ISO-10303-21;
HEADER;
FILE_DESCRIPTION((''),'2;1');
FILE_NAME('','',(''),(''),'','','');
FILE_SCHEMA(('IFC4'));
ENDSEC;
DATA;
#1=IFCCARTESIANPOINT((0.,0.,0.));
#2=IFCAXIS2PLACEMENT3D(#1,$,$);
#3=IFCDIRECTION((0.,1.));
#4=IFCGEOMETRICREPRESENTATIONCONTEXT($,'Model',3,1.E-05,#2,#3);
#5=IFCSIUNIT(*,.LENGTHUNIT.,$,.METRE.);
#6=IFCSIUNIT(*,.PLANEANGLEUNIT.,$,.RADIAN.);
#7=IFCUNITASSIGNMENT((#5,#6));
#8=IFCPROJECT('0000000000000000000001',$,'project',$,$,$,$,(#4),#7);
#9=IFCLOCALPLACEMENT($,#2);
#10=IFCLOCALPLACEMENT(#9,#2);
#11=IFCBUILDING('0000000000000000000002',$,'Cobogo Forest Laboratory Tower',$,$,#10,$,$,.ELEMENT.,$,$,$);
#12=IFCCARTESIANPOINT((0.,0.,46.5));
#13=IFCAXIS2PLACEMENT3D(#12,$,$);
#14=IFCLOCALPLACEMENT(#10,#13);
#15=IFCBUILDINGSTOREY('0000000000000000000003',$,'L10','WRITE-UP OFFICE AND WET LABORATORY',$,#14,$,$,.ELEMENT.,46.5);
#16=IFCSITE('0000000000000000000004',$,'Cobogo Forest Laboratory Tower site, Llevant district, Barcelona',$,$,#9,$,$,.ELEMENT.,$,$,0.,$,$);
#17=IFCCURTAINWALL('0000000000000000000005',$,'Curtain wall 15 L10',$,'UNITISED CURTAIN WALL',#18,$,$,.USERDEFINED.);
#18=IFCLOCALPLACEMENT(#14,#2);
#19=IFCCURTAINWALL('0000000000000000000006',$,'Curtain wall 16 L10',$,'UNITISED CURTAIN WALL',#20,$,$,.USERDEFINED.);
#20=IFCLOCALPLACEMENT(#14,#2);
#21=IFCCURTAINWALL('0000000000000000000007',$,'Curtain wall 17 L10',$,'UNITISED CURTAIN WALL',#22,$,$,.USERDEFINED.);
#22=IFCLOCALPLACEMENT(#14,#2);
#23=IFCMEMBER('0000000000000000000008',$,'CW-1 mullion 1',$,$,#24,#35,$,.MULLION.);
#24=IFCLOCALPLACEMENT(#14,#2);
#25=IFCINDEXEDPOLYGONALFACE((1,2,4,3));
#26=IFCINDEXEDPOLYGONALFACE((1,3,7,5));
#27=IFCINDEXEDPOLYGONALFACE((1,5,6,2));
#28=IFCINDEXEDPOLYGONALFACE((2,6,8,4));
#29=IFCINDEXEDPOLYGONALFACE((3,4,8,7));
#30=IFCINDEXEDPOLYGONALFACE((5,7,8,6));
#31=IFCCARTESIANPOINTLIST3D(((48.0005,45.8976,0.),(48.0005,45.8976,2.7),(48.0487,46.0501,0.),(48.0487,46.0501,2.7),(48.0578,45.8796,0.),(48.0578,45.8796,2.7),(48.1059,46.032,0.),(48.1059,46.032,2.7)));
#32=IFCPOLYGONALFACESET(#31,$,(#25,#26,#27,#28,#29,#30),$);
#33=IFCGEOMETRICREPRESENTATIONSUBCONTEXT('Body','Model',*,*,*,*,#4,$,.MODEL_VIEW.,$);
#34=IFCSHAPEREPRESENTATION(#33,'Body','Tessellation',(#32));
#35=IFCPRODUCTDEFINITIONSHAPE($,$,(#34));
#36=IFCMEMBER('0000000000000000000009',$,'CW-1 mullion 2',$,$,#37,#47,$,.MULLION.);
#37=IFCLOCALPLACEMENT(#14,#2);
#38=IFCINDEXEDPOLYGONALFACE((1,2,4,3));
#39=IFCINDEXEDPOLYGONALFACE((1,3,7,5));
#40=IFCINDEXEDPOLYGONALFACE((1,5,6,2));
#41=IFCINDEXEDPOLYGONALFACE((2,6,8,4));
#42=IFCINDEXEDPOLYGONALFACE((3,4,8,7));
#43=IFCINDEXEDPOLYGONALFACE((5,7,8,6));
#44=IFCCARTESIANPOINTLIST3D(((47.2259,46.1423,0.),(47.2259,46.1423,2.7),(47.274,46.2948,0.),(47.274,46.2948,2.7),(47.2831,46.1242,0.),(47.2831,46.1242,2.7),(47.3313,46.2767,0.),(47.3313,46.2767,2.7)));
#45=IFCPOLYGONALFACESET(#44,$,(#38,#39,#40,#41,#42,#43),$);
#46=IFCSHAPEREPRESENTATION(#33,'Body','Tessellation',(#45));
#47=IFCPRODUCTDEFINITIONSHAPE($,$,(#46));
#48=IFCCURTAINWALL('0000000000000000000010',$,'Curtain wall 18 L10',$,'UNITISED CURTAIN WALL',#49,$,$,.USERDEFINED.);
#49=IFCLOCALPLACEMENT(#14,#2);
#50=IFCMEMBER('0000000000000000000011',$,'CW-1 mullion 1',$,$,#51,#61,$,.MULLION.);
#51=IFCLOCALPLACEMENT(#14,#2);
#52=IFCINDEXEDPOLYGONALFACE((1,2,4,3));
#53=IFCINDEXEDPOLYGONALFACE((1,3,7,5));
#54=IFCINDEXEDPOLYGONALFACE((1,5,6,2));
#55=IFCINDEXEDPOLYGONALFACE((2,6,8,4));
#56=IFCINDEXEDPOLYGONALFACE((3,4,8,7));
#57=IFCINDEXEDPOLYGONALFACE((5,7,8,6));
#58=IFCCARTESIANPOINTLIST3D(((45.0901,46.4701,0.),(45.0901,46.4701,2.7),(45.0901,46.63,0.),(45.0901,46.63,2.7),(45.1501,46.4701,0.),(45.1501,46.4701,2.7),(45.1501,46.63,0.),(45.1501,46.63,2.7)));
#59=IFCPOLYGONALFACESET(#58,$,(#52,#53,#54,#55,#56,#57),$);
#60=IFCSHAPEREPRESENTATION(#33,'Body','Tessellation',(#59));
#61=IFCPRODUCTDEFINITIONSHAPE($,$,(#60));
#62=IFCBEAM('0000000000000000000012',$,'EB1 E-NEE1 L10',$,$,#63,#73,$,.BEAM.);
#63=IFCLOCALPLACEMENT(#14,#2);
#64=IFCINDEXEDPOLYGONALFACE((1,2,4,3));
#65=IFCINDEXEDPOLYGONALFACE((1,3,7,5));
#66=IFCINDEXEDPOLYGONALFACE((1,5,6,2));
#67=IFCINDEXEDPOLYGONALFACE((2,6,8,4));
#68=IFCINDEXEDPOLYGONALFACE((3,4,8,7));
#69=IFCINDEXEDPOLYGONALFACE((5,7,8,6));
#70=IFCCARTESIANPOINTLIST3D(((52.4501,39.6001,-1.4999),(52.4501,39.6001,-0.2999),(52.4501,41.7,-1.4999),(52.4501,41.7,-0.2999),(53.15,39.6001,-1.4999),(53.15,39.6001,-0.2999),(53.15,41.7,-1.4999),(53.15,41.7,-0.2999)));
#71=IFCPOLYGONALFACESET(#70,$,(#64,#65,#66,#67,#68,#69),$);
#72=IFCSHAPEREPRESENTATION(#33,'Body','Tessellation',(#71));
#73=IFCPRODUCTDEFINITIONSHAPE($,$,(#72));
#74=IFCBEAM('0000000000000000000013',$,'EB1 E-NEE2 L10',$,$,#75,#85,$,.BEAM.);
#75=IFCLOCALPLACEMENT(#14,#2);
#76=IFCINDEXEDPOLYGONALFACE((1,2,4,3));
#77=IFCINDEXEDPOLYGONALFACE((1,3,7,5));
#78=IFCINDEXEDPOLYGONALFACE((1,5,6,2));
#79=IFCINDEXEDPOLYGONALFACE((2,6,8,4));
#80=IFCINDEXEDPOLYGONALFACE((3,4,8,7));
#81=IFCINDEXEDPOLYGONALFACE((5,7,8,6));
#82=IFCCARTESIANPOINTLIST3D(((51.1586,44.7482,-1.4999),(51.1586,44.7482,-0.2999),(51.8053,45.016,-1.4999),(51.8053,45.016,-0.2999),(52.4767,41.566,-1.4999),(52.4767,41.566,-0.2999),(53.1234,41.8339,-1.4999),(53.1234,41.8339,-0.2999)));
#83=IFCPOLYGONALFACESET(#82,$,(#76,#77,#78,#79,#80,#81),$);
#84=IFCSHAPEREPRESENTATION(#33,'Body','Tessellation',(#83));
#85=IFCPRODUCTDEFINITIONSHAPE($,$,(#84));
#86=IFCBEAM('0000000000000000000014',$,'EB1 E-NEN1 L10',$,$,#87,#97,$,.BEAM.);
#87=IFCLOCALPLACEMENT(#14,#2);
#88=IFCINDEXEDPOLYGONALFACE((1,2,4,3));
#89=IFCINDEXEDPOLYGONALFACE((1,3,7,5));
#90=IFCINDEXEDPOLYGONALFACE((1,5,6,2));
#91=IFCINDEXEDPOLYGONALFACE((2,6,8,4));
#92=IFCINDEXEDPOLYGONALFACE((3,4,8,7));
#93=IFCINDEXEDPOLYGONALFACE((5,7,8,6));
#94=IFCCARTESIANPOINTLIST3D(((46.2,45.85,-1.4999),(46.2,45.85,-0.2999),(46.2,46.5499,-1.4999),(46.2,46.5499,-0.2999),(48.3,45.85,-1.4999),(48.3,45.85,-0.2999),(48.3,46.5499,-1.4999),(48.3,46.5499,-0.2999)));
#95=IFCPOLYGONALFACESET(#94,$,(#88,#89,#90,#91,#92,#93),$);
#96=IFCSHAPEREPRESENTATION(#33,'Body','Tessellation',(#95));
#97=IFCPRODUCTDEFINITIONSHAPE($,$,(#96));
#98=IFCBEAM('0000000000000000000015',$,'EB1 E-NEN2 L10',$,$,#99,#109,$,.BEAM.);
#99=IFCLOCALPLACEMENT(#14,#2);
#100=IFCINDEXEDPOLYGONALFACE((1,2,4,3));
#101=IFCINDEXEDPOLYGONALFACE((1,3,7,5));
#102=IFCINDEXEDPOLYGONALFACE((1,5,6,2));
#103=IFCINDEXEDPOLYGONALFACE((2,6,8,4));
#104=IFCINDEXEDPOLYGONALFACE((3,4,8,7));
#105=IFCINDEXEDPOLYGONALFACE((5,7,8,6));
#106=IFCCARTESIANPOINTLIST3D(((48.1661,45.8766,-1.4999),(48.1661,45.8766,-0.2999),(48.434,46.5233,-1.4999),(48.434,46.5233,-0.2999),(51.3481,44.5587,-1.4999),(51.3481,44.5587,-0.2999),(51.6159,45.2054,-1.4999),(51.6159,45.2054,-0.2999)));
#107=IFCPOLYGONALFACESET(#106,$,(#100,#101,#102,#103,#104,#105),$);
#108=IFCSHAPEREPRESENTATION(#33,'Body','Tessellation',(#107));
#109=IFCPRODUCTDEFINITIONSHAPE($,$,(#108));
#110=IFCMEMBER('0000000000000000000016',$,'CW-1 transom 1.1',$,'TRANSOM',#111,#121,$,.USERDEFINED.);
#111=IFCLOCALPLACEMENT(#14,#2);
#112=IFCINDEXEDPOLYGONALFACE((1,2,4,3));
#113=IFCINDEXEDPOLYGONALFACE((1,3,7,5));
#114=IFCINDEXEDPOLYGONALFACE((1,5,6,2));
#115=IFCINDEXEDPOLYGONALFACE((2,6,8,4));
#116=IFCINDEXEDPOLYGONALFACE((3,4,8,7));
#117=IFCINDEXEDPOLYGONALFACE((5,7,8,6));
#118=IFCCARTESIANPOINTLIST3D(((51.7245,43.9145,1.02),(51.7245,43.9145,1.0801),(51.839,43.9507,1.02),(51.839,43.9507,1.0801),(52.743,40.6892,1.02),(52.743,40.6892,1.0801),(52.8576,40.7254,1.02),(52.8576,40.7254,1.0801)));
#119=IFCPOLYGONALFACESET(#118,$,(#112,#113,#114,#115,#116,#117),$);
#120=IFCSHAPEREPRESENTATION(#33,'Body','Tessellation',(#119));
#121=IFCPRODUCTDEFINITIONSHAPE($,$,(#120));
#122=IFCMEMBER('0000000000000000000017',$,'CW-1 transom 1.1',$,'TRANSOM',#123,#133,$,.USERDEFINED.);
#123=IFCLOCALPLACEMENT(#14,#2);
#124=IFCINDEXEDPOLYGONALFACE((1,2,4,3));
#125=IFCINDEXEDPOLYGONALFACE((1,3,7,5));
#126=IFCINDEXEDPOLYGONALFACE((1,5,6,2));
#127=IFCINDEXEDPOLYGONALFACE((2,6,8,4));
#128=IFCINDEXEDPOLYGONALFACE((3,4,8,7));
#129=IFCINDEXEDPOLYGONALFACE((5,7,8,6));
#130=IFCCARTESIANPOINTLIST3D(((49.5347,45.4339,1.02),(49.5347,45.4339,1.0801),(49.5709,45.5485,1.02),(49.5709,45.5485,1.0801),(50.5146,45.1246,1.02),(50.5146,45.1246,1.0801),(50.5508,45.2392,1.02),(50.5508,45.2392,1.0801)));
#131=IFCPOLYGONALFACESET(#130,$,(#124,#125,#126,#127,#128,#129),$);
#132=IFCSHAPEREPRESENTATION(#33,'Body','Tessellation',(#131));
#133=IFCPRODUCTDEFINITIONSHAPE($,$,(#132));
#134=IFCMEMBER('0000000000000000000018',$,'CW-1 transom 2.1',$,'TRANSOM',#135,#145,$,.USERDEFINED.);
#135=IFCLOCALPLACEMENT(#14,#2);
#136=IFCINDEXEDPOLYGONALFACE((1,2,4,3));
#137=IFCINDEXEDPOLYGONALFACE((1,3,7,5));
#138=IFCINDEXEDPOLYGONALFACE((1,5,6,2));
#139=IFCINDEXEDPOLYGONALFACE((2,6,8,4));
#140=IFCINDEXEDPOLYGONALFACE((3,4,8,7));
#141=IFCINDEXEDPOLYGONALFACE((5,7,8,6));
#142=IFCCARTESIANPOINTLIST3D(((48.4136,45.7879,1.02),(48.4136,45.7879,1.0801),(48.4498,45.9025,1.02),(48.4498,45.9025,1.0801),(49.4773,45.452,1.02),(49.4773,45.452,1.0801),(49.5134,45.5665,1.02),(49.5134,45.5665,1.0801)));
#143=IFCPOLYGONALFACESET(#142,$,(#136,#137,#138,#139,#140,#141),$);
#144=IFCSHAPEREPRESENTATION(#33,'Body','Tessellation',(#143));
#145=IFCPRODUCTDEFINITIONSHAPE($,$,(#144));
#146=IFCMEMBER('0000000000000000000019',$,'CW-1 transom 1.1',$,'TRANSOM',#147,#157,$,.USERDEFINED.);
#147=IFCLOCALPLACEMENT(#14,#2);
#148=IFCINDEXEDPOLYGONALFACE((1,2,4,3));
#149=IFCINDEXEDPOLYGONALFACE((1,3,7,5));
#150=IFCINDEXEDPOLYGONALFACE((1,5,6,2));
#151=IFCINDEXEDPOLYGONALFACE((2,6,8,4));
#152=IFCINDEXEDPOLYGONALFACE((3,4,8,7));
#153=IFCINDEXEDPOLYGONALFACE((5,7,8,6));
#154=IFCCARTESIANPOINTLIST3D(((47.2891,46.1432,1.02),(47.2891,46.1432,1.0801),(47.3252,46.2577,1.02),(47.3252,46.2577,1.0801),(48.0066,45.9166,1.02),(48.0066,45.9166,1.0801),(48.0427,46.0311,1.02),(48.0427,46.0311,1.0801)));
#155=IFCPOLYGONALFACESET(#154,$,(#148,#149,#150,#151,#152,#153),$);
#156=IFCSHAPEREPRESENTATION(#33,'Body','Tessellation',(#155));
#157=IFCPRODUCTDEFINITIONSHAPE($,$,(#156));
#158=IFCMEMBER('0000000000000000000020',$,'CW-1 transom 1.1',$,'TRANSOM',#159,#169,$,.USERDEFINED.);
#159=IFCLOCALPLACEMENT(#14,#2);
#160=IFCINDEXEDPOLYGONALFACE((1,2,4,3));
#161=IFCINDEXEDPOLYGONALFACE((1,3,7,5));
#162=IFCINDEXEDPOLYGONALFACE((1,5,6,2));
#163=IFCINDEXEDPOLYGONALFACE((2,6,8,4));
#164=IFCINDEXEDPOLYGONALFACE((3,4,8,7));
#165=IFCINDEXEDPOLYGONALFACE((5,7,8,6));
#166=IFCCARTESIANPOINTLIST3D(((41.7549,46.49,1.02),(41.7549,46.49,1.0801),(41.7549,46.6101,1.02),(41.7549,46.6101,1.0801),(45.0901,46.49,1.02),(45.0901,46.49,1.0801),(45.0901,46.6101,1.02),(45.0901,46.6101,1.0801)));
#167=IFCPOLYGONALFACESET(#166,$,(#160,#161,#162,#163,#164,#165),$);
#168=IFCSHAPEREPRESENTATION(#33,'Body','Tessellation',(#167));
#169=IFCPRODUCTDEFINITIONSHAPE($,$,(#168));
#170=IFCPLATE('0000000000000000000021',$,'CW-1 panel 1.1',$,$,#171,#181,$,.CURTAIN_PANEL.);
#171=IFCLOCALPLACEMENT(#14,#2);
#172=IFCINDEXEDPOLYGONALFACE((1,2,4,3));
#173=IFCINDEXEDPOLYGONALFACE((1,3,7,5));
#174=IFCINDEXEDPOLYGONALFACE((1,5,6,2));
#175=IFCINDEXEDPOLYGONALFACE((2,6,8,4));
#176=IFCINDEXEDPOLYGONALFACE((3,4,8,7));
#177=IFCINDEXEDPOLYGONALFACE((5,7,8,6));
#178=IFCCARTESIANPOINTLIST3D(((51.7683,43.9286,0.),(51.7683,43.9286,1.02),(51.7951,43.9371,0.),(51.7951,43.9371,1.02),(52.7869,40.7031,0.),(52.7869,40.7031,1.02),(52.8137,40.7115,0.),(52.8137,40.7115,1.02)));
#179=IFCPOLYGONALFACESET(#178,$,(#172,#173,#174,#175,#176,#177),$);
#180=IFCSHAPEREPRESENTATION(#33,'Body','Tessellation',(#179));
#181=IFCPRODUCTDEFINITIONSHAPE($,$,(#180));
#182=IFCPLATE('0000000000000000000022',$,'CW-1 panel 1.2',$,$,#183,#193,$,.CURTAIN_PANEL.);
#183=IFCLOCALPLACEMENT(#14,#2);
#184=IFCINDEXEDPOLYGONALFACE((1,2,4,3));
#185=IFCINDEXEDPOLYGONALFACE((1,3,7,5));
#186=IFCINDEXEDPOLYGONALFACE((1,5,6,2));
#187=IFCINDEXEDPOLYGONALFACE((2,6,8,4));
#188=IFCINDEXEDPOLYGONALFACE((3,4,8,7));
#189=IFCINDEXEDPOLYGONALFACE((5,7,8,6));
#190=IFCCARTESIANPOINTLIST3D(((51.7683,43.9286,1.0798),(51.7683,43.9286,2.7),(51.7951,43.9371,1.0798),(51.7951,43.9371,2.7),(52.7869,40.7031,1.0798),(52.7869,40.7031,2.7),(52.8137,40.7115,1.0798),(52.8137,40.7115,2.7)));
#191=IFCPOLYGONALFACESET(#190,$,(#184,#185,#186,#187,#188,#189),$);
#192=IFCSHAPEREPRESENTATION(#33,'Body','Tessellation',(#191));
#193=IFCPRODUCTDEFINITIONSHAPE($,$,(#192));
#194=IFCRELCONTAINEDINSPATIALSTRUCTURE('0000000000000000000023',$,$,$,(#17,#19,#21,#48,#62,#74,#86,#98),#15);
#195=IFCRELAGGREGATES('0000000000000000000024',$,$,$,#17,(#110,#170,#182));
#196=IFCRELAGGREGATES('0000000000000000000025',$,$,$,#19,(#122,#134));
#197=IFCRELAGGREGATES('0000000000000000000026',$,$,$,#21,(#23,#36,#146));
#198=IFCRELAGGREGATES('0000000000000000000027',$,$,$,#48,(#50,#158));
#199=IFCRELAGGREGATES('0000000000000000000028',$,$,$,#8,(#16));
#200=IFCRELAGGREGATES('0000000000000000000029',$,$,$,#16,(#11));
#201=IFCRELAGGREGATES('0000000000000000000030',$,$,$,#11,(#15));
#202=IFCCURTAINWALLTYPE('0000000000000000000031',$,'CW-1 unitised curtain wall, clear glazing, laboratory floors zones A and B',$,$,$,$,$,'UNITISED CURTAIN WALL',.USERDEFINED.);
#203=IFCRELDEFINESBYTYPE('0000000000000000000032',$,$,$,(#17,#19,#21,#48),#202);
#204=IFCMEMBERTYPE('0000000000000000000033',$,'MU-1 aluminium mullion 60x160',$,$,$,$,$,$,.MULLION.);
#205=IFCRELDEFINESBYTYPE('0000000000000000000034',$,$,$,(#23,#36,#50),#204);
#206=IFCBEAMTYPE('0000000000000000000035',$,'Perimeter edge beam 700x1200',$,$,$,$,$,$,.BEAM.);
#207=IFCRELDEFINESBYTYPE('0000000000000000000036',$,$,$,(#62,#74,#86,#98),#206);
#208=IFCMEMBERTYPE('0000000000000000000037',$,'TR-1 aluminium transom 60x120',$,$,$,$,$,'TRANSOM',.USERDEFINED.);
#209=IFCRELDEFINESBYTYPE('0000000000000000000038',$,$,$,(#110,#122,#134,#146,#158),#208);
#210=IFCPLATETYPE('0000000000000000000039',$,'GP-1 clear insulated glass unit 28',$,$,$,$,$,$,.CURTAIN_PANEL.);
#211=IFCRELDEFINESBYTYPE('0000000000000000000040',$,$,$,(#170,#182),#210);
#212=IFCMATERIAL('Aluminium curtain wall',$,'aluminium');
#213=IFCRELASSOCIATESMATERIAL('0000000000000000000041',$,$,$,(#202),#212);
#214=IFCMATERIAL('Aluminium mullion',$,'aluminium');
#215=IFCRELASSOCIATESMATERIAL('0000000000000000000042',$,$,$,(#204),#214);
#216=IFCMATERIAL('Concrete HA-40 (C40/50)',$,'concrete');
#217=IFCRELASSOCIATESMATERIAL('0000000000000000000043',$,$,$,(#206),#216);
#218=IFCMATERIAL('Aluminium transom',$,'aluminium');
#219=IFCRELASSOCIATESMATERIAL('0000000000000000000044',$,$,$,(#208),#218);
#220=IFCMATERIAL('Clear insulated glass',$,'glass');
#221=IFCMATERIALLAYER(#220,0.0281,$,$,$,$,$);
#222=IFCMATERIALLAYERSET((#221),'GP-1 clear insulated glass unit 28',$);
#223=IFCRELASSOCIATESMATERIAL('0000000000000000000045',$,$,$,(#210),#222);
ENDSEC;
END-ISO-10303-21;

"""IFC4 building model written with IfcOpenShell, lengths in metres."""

from ifc_helpers import new_model, si_unit, direction, frame, origin, origin_2d, place, context, subcontext, project, spatial, rectangle, extrude, material, layer, layer_set, material_profile, profile_set, type_object, element, aggregate, save


model = new_model("IFC4")

# Units and contexts
model_context = context("Model", 3, precision=1e-05, world=origin(), true_north=direction((0.0, 1.0)))
body_context = subcontext(model_context, "Body", "Model", "MODEL_VIEW")
ifc_project = project(units=[si_unit("LENGTHUNIT", "METRE"), si_unit("PLANEANGLEUNIT", "RADIAN")], contexts=[model_context])

# Site, building, storey
site_placement = place(None, origin())
site = spatial("IfcSite", under=ifc_project, at=site_placement, Name="Cobogo Forest Laboratory Tower site, Llevant district, Barcelona", CompositionType="ELEMENT", RefElevation=0.0)
building_placement = place(site_placement, origin())
building = spatial("IfcBuilding", under=site, at=building_placement, Name="Cobogo Forest Laboratory Tower", CompositionType="ELEMENT")
storey_placement = place(building_placement, frame((0.0, 0.0, 46.5)))
storey = spatial("IfcBuildingStorey", under=building, at=storey_placement, Name="L10", Description="WRITE-UP OFFICE AND WET LABORATORY", CompositionType="ELEMENT", Elevation=46.5)

# Shared definitions
ifc_material_1 = material(Name="Concrete HA-40 (C40/50)", Category="concrete")

# Curtain walls, members
ifc_material_2 = material(Name="Aluminium curtain wall", Category="aluminium")
curtain_wall_type = type_object("IfcCurtainWallType", Name="CW-1 unitised curtain wall, clear glazing, laboratory floors zones A and B", ElementType="UNITISED CURTAIN WALL", PredefinedType="USERDEFINED", material=ifc_material_2)
curtain_wall_1_placement = place(storey_placement, origin())
curtain_wall_1 = element("IfcCurtainWall", 1, at=curtain_wall_1_placement, inside=storey, type_object=curtain_wall_type, Name="Curtain wall 15 L10", ObjectType="UNITISED CURTAIN WALL", PredefinedType="USERDEFINED")
ifc_material_3 = material(Name="Aluminium mullion", Category="aluminium")
ifc_material_profile_1 = material_profile(ifc_material_3, rectangle(XDim=0.0601, YDim=0.1599, at=origin_2d()), Name="AL 60x160")
ifc_profile_set_1 = profile_set([ifc_material_profile_1], Name="Aluminium mullion")
member_type_1 = type_object("IfcMemberType", Name="MU-1 aluminium mullion 60x160", PredefinedType="MULLION", material=ifc_profile_set_1)
curtain_wall_2_placement = place(storey_placement, origin())
curtain_wall_2 = element("IfcCurtainWall", 2, at=curtain_wall_2_placement, inside=storey, type_object=curtain_wall_type, Name="Curtain wall 16 L10", ObjectType="UNITISED CURTAIN WALL", PredefinedType="USERDEFINED")
curtain_wall_3_placement = place(storey_placement, origin())
curtain_wall_3 = element("IfcCurtainWall", 3, at=curtain_wall_3_placement, inside=storey, type_object=curtain_wall_type, Name="Curtain wall 17 L10", ObjectType="UNITISED CURTAIN WALL", PredefinedType="USERDEFINED")
member_1_placement = place(storey_placement, frame((48.0532, 45.9648, 0.0), z_axis=(0.0, 0.0, 1.0), x_axis=(-0.953582, 0.301135, 0.0)))
member_1 = element("IfcMember", 4, at=member_1_placement, type_object=member_type_1, Name="CW-1 mullion 1", PredefinedType="MULLION", context=body_context, shape_type="SweptSolid", body=[
    extrude(rectangle(XDim=0.0601, YDim=0.1599, at=origin_2d()), origin(), (0.0, 0.0, 1.0), 2.7),
])
member_2_placement = place(storey_placement, frame((47.2786, 46.2095, 0.0), z_axis=(0.0, 0.0, 1.0), x_axis=(-0.953582, 0.301135, 0.0)))
member_2 = element("IfcMember", 5, at=member_2_placement, type_object=member_type_1, Name="CW-1 mullion 2", PredefinedType="MULLION", context=body_context, shape_type="SweptSolid", body=[
    extrude(rectangle(XDim=0.0601, YDim=0.1599, at=origin_2d()), origin(), (0.0, 0.0, 1.0), 2.7),
])

# Curtain wall, member
curtain_wall_4_placement = place(storey_placement, origin())
curtain_wall_4 = element("IfcCurtainWall", 6, at=curtain_wall_4_placement, inside=storey, type_object=curtain_wall_type, Name="Curtain wall 18 L10", ObjectType="UNITISED CURTAIN WALL", PredefinedType="USERDEFINED")
member_3_placement = place(storey_placement, frame((45.1201, 46.55, 0.0), z_axis=(0.0, 0.0, 1.0), x_axis=(-1.0, 0.0, 0.0)))
member_3 = element("IfcMember", 7, at=member_3_placement, type_object=member_type_1, Name="CW-1 mullion 1", PredefinedType="MULLION", context=body_context, shape_type="SweptSolid", body=[
    extrude(rectangle(XDim=0.0601, YDim=0.1599, at=origin_2d()), origin(), (0.0, 0.0, 1.0), 2.7),
])

# Beams
ifc_material_profile_2 = material_profile(ifc_material_1, rectangle(XDim=0.7, YDim=1.2, at=origin_2d()), Name="RC 700x1200")
ifc_profile_set_2 = profile_set([ifc_material_profile_2], Name="Concrete HA-40 (C40/50)")
beam_type_1 = type_object("IfcBeamType", Name="Perimeter edge beam 700x1200", PredefinedType="BEAM", material=ifc_profile_set_2)
beam_1_placement = place(storey_placement, frame((52.8, 39.6001, -0.8999), z_axis=(0.0, 1.0, 0.0), x_axis=(-1.0, 0.0, 0.0)))
element("IfcBeam", 8, at=beam_1_placement, inside=storey, type_object=beam_type_1, Name="EB1 E-NEE1 L10", PredefinedType="BEAM", context=body_context, shape_type="SweptSolid", body=[
    extrude(rectangle(XDim=0.7, YDim=1.2, at=origin_2d()), origin(), (0.0, 0.0, 1.0), 2.0999),
])
beam_2_placement = place(storey_placement, frame((52.8, 41.7, -0.8999), z_axis=(-0.382692, 0.923876, 0.0), x_axis=(-0.923876, -0.382692, 0.0)))
element("IfcBeam", 9, at=beam_2_placement, inside=storey, type_object=beam_type_1, Name="EB1 E-NEE2 L10", PredefinedType="BEAM", context=body_context, shape_type="SweptSolid", body=[
    extrude(rectangle(XDim=0.7, YDim=1.2, at=origin_2d()), origin(), (0.0, 0.0, 1.0), 3.4443),
])
beam_3_placement = place(storey_placement, frame((46.2, 46.2, -0.8999), z_axis=(1.0, 0.0, 0.0), x_axis=(0.0, 1.0, 0.0)))
element("IfcBeam", 10, at=beam_3_placement, inside=storey, type_object=beam_type_1, Name="EB1 E-NEN1 L10", PredefinedType="BEAM", context=body_context, shape_type="SweptSolid", body=[
    extrude(rectangle(XDim=0.7, YDim=1.2, at=origin_2d()), origin(), (0.0, 0.0, 1.0), 2.1001),
])
beam_4_placement = place(storey_placement, frame((48.3, 46.2, -0.8999), z_axis=(0.923891, -0.382656, 0.0), x_axis=(0.382656, 0.923891, 0.0)))
element("IfcBeam", 11, at=beam_4_placement, inside=storey, type_object=beam_type_1, Name="EB1 E-NEN2 L10", PredefinedType="BEAM", context=body_context, shape_type="SweptSolid", body=[
    extrude(rectangle(XDim=0.7, YDim=1.2, at=origin_2d()), origin(), (0.0, 0.0, 1.0), 3.4441),
])

# Members
ifc_material_4 = material(Name="Aluminium transom", Category="aluminium")
ifc_material_profile_3 = material_profile(ifc_material_4, rectangle(XDim=0.1201, YDim=0.0601, at=origin_2d()), Name="AL 60x120")
ifc_profile_set_3 = profile_set([ifc_material_profile_3], Name="Aluminium transom")
member_type_2 = type_object("IfcMemberType", Name="TR-1 aluminium transom 60x120", ElementType="TRANSOM", PredefinedType="USERDEFINED", material=ifc_profile_set_3)
member_4_placement = place(storey_placement, frame((52.8003, 40.7073, 1.05), z_axis=(-0.301138, 0.95358, 0.0), x_axis=(-0.95358, -0.301138, 0.0)))
member_4 = element("IfcMember", 12, at=member_4_placement, type_object=member_type_2, Name="CW-1 transom 1.1", ObjectType="TRANSOM", PredefinedType="USERDEFINED", context=body_context, shape_type="SweptSolid", body=[
    extrude(rectangle(XDim=0.1201, YDim=0.0601, at=origin_2d()), origin(), (0.0, 0.0, 1.0), 3.3823),
])
member_5_placement = place(storey_placement, frame((50.5327, 45.1819, 1.05), z_axis=(-0.953622, 0.301006, 0.0), x_axis=(-0.301006, -0.953622, 0.0)))
member_5 = element("IfcMember", 13, at=member_5_placement, type_object=member_type_2, Name="CW-1 transom 1.1", ObjectType="TRANSOM", PredefinedType="USERDEFINED", context=body_context, shape_type="SweptSolid", body=[
    extrude(rectangle(XDim=0.1201, YDim=0.0601, at=origin_2d()), origin(), (0.0, 0.0, 1.0), 1.0276),
])
member_6_placement = place(storey_placement, frame((49.4954, 45.5093, 1.05), z_axis=(-0.953576, 0.301152, 0.0), x_axis=(-0.301152, -0.953576, 0.0)))
member_6 = element("IfcMember", 14, at=member_6_placement, type_object=member_type_2, Name="CW-1 transom 2.1", ObjectType="TRANSOM", PredefinedType="USERDEFINED", context=body_context, shape_type="SweptSolid", body=[
    extrude(rectangle(XDim=0.1201, YDim=0.0601, at=origin_2d()), origin(), (0.0, 0.0, 1.0), 1.1155),
])
member_7_placement = place(storey_placement, frame((48.0247, 45.9739, 1.05), z_axis=(-0.953592, 0.3011, 0.0), x_axis=(-0.3011, -0.953592, 0.0)))
member_7 = element("IfcMember", 15, at=member_7_placement, type_object=member_type_2, Name="CW-1 transom 1.1", ObjectType="TRANSOM", PredefinedType="USERDEFINED", context=body_context, shape_type="SweptSolid", body=[
    extrude(rectangle(XDim=0.1201, YDim=0.0601, at=origin_2d()), origin(), (0.0, 0.0, 1.0), 0.7524),
])
member_8_placement = place(storey_placement, frame((45.0901, 46.55, 1.05), z_axis=(-1.0, 0.0, 0.0), x_axis=(0.0, -1.0, 0.0)))
member_8 = element("IfcMember", 16, at=member_8_placement, type_object=member_type_2, Name="CW-1 transom 1.1", ObjectType="TRANSOM", PredefinedType="USERDEFINED", context=body_context, shape_type="SweptSolid", body=[
    extrude(rectangle(XDim=0.1201, YDim=0.0601, at=origin_2d()), origin(), (0.0, 0.0, 1.0), 3.3352),
])

# Plates
ifc_material_5 = material(Name="Clear insulated glass", Category="glass")
ifc_layer_1 = layer(ifc_material_5, 0.0281)
ifc_layer_set_1 = layer_set([ifc_layer_1], Name="GP-1 clear insulated glass unit 28")
plate_type = type_object("IfcPlateType", Name="GP-1 clear insulated glass unit 28", PredefinedType="CURTAIN_PANEL", material=ifc_layer_set_1)
plate_1_placement = place(storey_placement, frame((52.291, 42.3201, 0.0), z_axis=(0.0, 0.0, 1.0), x_axis=(-0.301135, 0.953581, 0.0)))
plate_1 = element("IfcPlate", 17, at=plate_1_placement, type_object=plate_type, Name="CW-1 panel 1.1", PredefinedType="CURTAIN_PANEL", context=body_context, shape_type="SweptSolid", body=[
    extrude(rectangle(XDim=3.3826, YDim=0.0281, at=origin_2d()), origin(), (0.0, 0.0, 1.0), 1.02),
])
plate_2_placement = place(storey_placement, frame((52.291, 42.3201, 1.0798), z_axis=(0.0, 0.0, 1.0), x_axis=(-0.301135, 0.953581, 0.0)))
plate_2 = element("IfcPlate", 18, at=plate_2_placement, type_object=plate_type, Name="CW-1 panel 1.2", PredefinedType="CURTAIN_PANEL", context=body_context, shape_type="SweptSolid", body=[
    extrude(rectangle(XDim=3.3826, YDim=0.0281, at=origin_2d()), origin(), (0.0, 0.0, 1.0), 1.6201),
])
aggregate(curtain_wall_1, [member_4, plate_1, plate_2])
aggregate(curtain_wall_2, [member_5, member_6])
aggregate(curtain_wall_3, [member_1, member_2, member_7])
aggregate(curtain_wall_4, [member_3, member_8])

save(model, "model.ifc")
